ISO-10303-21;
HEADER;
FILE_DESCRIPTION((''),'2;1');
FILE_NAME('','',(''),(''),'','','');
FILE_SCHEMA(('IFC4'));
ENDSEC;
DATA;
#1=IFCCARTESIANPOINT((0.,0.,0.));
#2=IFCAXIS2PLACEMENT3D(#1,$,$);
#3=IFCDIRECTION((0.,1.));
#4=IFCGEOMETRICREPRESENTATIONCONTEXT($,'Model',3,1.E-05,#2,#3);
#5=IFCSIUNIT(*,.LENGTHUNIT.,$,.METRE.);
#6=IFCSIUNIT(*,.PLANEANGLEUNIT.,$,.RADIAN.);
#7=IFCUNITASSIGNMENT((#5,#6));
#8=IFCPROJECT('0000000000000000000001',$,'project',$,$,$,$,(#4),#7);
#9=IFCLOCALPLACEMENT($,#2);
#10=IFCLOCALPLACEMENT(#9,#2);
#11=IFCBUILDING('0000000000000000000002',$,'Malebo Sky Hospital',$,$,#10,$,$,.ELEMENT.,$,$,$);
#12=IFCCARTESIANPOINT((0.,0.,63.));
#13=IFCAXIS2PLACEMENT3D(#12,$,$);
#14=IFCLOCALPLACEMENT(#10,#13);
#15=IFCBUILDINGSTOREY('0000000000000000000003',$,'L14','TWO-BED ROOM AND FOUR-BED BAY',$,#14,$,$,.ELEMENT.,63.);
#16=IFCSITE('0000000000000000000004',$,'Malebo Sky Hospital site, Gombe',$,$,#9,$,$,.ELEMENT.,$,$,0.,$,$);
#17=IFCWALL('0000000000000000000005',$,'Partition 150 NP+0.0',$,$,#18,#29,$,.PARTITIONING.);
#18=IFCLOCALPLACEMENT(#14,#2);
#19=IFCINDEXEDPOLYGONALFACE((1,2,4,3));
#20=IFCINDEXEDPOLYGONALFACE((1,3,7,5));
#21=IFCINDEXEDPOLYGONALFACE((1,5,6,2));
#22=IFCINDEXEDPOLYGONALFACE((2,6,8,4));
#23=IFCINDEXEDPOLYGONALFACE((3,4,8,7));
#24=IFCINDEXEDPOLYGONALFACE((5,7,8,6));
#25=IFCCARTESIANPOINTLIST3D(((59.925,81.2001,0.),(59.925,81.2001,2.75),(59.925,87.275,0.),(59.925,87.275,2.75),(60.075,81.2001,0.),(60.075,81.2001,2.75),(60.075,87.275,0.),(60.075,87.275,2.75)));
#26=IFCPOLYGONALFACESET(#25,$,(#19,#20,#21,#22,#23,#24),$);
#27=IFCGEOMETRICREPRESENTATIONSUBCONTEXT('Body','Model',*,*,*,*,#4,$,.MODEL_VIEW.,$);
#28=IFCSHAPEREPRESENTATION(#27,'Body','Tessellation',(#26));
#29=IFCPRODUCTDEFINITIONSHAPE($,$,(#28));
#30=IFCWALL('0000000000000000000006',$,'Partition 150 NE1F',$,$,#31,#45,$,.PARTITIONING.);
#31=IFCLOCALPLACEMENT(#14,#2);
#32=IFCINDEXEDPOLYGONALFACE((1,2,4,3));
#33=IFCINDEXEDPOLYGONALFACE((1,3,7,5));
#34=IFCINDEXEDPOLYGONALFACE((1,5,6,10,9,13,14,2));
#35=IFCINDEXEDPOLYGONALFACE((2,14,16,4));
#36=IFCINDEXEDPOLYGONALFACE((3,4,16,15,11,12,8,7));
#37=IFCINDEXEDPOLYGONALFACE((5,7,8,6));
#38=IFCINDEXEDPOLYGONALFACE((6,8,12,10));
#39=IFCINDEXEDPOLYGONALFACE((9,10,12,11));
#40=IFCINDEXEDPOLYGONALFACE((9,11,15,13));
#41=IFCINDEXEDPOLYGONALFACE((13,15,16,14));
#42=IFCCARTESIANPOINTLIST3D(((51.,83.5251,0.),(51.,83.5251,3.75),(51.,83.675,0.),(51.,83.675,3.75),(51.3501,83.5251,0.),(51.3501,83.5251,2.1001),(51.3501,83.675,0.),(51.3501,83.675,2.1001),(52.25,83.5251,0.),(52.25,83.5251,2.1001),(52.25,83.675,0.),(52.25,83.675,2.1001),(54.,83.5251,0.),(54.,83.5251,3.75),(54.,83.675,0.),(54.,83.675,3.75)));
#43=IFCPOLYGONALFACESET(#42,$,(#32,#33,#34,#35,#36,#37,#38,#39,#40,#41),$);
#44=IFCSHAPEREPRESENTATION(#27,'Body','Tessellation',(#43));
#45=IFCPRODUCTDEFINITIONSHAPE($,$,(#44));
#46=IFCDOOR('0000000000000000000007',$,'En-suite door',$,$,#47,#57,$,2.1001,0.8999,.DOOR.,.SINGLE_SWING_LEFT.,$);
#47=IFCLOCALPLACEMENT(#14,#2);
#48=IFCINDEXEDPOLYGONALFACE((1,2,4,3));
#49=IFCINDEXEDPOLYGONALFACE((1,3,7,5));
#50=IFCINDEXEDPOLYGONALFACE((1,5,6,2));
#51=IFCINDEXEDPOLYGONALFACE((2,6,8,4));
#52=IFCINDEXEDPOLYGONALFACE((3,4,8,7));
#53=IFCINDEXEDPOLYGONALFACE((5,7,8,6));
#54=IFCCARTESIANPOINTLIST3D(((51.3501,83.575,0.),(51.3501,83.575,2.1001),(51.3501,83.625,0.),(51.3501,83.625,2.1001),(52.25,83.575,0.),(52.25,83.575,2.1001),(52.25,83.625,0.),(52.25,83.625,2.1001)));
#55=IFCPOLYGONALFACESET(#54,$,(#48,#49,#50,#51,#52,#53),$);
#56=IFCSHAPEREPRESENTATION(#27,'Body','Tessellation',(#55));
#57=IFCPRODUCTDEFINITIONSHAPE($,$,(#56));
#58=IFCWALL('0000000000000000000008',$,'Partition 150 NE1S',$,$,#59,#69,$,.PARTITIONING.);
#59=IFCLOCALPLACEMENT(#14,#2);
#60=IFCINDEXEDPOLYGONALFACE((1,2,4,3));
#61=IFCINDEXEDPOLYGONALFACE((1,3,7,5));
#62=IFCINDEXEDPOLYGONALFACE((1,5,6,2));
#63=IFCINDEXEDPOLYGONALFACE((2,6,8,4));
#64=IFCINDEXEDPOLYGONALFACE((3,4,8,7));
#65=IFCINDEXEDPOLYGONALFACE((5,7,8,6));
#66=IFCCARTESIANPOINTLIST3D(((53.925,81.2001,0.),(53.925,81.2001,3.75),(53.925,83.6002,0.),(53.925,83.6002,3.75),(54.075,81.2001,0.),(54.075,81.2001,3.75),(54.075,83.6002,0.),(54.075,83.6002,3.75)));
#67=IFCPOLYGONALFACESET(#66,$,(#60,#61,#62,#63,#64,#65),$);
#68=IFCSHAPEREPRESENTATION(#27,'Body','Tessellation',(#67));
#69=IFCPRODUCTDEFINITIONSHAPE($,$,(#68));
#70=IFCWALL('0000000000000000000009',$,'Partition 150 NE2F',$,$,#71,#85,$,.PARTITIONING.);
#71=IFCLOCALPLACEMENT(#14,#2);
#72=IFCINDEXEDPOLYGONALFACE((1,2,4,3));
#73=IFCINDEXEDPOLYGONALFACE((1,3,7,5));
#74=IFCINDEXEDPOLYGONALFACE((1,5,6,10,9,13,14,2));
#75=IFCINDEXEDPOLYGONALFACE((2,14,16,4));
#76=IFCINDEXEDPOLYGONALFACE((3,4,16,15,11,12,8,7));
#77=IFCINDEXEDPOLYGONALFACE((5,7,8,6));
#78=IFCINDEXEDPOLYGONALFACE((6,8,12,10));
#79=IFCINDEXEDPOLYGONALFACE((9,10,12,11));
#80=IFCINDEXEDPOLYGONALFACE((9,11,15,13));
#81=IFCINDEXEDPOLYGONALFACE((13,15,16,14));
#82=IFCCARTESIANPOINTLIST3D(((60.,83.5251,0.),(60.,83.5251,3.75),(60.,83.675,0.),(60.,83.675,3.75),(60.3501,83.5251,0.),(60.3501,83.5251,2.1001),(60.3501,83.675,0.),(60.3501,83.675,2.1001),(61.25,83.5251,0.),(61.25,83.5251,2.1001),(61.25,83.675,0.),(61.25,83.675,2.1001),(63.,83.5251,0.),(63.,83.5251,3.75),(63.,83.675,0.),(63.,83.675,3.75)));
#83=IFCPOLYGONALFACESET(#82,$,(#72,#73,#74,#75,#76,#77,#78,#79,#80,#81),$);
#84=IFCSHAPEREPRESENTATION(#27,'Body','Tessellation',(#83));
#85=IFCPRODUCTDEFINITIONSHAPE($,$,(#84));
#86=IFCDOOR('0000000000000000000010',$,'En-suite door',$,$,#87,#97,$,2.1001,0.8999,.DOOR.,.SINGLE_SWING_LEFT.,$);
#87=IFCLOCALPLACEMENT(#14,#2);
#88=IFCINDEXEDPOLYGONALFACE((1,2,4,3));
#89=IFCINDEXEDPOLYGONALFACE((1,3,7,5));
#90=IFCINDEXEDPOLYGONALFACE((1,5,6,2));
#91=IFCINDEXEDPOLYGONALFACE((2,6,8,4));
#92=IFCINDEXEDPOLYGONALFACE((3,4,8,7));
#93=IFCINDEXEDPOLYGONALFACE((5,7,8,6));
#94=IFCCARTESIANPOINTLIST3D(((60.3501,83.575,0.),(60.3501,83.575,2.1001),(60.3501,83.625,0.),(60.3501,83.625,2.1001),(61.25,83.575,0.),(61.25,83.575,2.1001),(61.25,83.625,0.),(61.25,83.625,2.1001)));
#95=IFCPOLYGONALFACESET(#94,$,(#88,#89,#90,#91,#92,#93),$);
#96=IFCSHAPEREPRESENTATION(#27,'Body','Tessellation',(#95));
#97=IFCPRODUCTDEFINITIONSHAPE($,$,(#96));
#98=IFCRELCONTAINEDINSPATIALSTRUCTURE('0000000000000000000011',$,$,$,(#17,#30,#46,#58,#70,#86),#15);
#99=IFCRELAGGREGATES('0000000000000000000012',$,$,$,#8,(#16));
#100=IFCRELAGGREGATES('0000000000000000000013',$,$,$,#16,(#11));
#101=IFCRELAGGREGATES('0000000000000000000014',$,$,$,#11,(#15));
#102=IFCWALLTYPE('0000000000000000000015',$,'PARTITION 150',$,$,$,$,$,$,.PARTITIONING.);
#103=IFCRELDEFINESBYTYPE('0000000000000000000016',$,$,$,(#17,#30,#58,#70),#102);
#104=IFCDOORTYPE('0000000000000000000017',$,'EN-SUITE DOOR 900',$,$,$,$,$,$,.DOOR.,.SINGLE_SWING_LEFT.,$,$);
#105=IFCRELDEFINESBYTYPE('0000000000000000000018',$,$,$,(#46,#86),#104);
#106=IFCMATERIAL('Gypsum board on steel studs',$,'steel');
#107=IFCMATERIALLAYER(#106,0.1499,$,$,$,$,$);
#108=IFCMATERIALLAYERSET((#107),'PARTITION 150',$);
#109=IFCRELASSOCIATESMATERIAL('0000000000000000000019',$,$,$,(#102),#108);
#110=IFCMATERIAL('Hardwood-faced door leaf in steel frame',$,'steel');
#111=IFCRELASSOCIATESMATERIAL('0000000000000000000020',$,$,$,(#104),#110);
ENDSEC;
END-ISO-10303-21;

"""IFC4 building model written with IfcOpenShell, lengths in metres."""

from ifc_helpers import new_model, si_unit, direction, frame, frame_2d, origin, place, context, subcontext, project, spatial, rectangle, extrude, material, layer, layer_set, type_object, element, fill, save


model = new_model("IFC4")

# Units and contexts
model_context = context("Model", 3, precision=1e-05, world=origin(), true_north=direction((0.0, 1.0)))
body_context = subcontext(model_context, "Body", "Model", "MODEL_VIEW")
ifc_project = project(units=[si_unit("LENGTHUNIT", "METRE"), si_unit("PLANEANGLEUNIT", "RADIAN")], contexts=[model_context])

# Site, building, storey
site_placement = place(None, origin())
site = spatial("IfcSite", under=ifc_project, at=site_placement, Name="Malebo Sky Hospital site, Gombe", CompositionType="ELEMENT", RefElevation=0.0)
building_placement = place(site_placement, origin())
building = spatial("IfcBuilding", under=site, at=building_placement, Name="Malebo Sky Hospital", CompositionType="ELEMENT")
storey_placement = place(building_placement, frame((0.0, 0.0, 63.0)))
storey = spatial("IfcBuildingStorey", under=building, at=storey_placement, Name="L14", Description="TWO-BED ROOM AND FOUR-BED BAY", CompositionType="ELEMENT", Elevation=63.0)

# Shared definitions
ifc_material_1 = material(Name="Gypsum board on steel studs", Category="steel")
ifc_material_2 = material(Name="Hardwood-faced door leaf in steel frame", Category="steel")

# Wall
ifc_layer_1 = layer(ifc_material_1, 0.1499)
ifc_layer_set_1 = layer_set([ifc_layer_1], Name="PARTITION 150")
wall_type_1 = type_object("IfcWallType", Name="PARTITION 150", PredefinedType="PARTITIONING", material=ifc_layer_set_1)
wall_1_placement = place(storey_placement, frame((60.0, 81.2, 0.0), z_axis=(0.0, 0.0, 1.0), x_axis=(0.0, 1.0, 0.0)))
element("IfcWall", 1, at=wall_1_placement, inside=storey, type_object=wall_type_1, Name="Partition 150 NP+0.0", PredefinedType="PARTITIONING", context=body_context, shape_type="SweptSolid", body=[
    extrude(rectangle(XDim=6.075, YDim=0.1499, at=frame_2d((3.0376, 0.0))), origin(), (0.0, 0.0, 1.0), 2.75),
])

# Wall, opening, door
wall_2_placement = place(storey_placement, frame((51.0, 83.6001, 0.0), z_axis=(0.0, 0.0, 1.0), x_axis=(1.0, 0.0, 0.0)))
wall_2 = element("IfcWall", 2, at=wall_2_placement, inside=storey, type_object=wall_type_1, Name="Partition 150 NE1F", PredefinedType="PARTITIONING", context=body_context, shape_type="SweptSolid", body=[
    extrude(rectangle(XDim=3.0, YDim=0.1499, at=frame_2d((1.5, 0.0))), origin(), (0.0, 0.0, 1.0), 3.75),
])
opening_1_placement = place(wall_2_placement, frame((0.3501, 0.0, 0.0)))
opening_1 = element("IfcOpeningElement", 3, at=opening_1_placement, cuts=wall_2, PredefinedType="OPENING", context=body_context, shape_type="SweptSolid", body=[
    extrude(rectangle(XDim=0.8999, YDim=2.1001, at=frame_2d((0.45, 1.05))), frame((0.0, 0.085, 0.0), z_axis=(0.0, -1.0, 0.0), x_axis=(1.0, 0.0, 0.0)), (0.0, 0.0, 1.0), 0.1699),
])
door_type_1 = type_object("IfcDoorType", Name="EN-SUITE DOOR 900", OperationType="SINGLE_SWING_LEFT", PredefinedType="DOOR", material=ifc_material_2)
door_1_placement = place(opening_1_placement, origin())
door_1 = element("IfcDoor", 4, at=door_1_placement, inside=storey, type_object=door_type_1, Name="En-suite door", OperationType="SINGLE_SWING_LEFT", OverallHeight=2.1001, OverallWidth=0.8999, PredefinedType="DOOR", context=body_context, shape_type="SweptSolid", body=[
    extrude(rectangle(XDim=0.8999, YDim=2.1001, at=frame_2d((0.45, 1.05))), frame((0.0, 0.0249, 0.0), z_axis=(0.0, -1.0, 0.0), x_axis=(1.0, 0.0, 0.0)), (0.0, 0.0, 1.0), 0.05),
])
fill(opening_1, door_1)

# Wall
wall_3_placement = place(storey_placement, frame((54.0, 81.2, 0.0), z_axis=(0.0, 0.0, 1.0), x_axis=(0.0, 1.0, 0.0)))
element("IfcWall", 5, at=wall_3_placement, inside=storey, type_object=wall_type_1, Name="Partition 150 NE1S", PredefinedType="PARTITIONING", context=body_context, shape_type="SweptSolid", body=[
    extrude(rectangle(XDim=2.4001, YDim=0.1499, at=frame_2d((1.2002, 0.0))), origin(), (0.0, 0.0, 1.0), 3.75),
])

# Wall, opening, door
wall_4_placement = place(storey_placement, frame((60.0, 83.6001, 0.0), z_axis=(0.0, 0.0, 1.0), x_axis=(1.0, 0.0, 0.0)))
wall_4 = element("IfcWall", 6, at=wall_4_placement, inside=storey, type_object=wall_type_1, Name="Partition 150 NE2F", PredefinedType="PARTITIONING", context=body_context, shape_type="SweptSolid", body=[
    extrude(rectangle(XDim=3.0, YDim=0.1499, at=frame_2d((1.5, 0.0))), origin(), (0.0, 0.0, 1.0), 3.75),
])
opening_2_placement = place(wall_4_placement, frame((0.3501, 0.0, 0.0)))
opening_2 = element("IfcOpeningElement", 7, at=opening_2_placement, cuts=wall_4, PredefinedType="OPENING", context=body_context, shape_type="SweptSolid", body=[
    extrude(rectangle(XDim=0.8999, YDim=2.1001, at=frame_2d((0.45, 1.05))), frame((0.0, 0.085, 0.0), z_axis=(0.0, -1.0, 0.0), x_axis=(1.0, 0.0, 0.0)), (0.0, 0.0, 1.0), 0.1699),
])
door_2_placement = place(opening_2_placement, origin())
door_2 = element("IfcDoor", 8, at=door_2_placement, inside=storey, type_object=door_type_1, Name="En-suite door", OperationType="SINGLE_SWING_LEFT", OverallHeight=2.1001, OverallWidth=0.8999, PredefinedType="DOOR", context=body_context, shape_type="SweptSolid", body=[
    extrude(rectangle(XDim=0.8999, YDim=2.1001, at=frame_2d((0.45, 1.05))), frame((0.0, 0.0249, 0.0), z_axis=(0.0, -1.0, 0.0), x_axis=(1.0, 0.0, 0.0)), (0.0, 0.0, 1.0), 0.05),
])
fill(opening_2, door_2)

save(model, "model.ifc")
